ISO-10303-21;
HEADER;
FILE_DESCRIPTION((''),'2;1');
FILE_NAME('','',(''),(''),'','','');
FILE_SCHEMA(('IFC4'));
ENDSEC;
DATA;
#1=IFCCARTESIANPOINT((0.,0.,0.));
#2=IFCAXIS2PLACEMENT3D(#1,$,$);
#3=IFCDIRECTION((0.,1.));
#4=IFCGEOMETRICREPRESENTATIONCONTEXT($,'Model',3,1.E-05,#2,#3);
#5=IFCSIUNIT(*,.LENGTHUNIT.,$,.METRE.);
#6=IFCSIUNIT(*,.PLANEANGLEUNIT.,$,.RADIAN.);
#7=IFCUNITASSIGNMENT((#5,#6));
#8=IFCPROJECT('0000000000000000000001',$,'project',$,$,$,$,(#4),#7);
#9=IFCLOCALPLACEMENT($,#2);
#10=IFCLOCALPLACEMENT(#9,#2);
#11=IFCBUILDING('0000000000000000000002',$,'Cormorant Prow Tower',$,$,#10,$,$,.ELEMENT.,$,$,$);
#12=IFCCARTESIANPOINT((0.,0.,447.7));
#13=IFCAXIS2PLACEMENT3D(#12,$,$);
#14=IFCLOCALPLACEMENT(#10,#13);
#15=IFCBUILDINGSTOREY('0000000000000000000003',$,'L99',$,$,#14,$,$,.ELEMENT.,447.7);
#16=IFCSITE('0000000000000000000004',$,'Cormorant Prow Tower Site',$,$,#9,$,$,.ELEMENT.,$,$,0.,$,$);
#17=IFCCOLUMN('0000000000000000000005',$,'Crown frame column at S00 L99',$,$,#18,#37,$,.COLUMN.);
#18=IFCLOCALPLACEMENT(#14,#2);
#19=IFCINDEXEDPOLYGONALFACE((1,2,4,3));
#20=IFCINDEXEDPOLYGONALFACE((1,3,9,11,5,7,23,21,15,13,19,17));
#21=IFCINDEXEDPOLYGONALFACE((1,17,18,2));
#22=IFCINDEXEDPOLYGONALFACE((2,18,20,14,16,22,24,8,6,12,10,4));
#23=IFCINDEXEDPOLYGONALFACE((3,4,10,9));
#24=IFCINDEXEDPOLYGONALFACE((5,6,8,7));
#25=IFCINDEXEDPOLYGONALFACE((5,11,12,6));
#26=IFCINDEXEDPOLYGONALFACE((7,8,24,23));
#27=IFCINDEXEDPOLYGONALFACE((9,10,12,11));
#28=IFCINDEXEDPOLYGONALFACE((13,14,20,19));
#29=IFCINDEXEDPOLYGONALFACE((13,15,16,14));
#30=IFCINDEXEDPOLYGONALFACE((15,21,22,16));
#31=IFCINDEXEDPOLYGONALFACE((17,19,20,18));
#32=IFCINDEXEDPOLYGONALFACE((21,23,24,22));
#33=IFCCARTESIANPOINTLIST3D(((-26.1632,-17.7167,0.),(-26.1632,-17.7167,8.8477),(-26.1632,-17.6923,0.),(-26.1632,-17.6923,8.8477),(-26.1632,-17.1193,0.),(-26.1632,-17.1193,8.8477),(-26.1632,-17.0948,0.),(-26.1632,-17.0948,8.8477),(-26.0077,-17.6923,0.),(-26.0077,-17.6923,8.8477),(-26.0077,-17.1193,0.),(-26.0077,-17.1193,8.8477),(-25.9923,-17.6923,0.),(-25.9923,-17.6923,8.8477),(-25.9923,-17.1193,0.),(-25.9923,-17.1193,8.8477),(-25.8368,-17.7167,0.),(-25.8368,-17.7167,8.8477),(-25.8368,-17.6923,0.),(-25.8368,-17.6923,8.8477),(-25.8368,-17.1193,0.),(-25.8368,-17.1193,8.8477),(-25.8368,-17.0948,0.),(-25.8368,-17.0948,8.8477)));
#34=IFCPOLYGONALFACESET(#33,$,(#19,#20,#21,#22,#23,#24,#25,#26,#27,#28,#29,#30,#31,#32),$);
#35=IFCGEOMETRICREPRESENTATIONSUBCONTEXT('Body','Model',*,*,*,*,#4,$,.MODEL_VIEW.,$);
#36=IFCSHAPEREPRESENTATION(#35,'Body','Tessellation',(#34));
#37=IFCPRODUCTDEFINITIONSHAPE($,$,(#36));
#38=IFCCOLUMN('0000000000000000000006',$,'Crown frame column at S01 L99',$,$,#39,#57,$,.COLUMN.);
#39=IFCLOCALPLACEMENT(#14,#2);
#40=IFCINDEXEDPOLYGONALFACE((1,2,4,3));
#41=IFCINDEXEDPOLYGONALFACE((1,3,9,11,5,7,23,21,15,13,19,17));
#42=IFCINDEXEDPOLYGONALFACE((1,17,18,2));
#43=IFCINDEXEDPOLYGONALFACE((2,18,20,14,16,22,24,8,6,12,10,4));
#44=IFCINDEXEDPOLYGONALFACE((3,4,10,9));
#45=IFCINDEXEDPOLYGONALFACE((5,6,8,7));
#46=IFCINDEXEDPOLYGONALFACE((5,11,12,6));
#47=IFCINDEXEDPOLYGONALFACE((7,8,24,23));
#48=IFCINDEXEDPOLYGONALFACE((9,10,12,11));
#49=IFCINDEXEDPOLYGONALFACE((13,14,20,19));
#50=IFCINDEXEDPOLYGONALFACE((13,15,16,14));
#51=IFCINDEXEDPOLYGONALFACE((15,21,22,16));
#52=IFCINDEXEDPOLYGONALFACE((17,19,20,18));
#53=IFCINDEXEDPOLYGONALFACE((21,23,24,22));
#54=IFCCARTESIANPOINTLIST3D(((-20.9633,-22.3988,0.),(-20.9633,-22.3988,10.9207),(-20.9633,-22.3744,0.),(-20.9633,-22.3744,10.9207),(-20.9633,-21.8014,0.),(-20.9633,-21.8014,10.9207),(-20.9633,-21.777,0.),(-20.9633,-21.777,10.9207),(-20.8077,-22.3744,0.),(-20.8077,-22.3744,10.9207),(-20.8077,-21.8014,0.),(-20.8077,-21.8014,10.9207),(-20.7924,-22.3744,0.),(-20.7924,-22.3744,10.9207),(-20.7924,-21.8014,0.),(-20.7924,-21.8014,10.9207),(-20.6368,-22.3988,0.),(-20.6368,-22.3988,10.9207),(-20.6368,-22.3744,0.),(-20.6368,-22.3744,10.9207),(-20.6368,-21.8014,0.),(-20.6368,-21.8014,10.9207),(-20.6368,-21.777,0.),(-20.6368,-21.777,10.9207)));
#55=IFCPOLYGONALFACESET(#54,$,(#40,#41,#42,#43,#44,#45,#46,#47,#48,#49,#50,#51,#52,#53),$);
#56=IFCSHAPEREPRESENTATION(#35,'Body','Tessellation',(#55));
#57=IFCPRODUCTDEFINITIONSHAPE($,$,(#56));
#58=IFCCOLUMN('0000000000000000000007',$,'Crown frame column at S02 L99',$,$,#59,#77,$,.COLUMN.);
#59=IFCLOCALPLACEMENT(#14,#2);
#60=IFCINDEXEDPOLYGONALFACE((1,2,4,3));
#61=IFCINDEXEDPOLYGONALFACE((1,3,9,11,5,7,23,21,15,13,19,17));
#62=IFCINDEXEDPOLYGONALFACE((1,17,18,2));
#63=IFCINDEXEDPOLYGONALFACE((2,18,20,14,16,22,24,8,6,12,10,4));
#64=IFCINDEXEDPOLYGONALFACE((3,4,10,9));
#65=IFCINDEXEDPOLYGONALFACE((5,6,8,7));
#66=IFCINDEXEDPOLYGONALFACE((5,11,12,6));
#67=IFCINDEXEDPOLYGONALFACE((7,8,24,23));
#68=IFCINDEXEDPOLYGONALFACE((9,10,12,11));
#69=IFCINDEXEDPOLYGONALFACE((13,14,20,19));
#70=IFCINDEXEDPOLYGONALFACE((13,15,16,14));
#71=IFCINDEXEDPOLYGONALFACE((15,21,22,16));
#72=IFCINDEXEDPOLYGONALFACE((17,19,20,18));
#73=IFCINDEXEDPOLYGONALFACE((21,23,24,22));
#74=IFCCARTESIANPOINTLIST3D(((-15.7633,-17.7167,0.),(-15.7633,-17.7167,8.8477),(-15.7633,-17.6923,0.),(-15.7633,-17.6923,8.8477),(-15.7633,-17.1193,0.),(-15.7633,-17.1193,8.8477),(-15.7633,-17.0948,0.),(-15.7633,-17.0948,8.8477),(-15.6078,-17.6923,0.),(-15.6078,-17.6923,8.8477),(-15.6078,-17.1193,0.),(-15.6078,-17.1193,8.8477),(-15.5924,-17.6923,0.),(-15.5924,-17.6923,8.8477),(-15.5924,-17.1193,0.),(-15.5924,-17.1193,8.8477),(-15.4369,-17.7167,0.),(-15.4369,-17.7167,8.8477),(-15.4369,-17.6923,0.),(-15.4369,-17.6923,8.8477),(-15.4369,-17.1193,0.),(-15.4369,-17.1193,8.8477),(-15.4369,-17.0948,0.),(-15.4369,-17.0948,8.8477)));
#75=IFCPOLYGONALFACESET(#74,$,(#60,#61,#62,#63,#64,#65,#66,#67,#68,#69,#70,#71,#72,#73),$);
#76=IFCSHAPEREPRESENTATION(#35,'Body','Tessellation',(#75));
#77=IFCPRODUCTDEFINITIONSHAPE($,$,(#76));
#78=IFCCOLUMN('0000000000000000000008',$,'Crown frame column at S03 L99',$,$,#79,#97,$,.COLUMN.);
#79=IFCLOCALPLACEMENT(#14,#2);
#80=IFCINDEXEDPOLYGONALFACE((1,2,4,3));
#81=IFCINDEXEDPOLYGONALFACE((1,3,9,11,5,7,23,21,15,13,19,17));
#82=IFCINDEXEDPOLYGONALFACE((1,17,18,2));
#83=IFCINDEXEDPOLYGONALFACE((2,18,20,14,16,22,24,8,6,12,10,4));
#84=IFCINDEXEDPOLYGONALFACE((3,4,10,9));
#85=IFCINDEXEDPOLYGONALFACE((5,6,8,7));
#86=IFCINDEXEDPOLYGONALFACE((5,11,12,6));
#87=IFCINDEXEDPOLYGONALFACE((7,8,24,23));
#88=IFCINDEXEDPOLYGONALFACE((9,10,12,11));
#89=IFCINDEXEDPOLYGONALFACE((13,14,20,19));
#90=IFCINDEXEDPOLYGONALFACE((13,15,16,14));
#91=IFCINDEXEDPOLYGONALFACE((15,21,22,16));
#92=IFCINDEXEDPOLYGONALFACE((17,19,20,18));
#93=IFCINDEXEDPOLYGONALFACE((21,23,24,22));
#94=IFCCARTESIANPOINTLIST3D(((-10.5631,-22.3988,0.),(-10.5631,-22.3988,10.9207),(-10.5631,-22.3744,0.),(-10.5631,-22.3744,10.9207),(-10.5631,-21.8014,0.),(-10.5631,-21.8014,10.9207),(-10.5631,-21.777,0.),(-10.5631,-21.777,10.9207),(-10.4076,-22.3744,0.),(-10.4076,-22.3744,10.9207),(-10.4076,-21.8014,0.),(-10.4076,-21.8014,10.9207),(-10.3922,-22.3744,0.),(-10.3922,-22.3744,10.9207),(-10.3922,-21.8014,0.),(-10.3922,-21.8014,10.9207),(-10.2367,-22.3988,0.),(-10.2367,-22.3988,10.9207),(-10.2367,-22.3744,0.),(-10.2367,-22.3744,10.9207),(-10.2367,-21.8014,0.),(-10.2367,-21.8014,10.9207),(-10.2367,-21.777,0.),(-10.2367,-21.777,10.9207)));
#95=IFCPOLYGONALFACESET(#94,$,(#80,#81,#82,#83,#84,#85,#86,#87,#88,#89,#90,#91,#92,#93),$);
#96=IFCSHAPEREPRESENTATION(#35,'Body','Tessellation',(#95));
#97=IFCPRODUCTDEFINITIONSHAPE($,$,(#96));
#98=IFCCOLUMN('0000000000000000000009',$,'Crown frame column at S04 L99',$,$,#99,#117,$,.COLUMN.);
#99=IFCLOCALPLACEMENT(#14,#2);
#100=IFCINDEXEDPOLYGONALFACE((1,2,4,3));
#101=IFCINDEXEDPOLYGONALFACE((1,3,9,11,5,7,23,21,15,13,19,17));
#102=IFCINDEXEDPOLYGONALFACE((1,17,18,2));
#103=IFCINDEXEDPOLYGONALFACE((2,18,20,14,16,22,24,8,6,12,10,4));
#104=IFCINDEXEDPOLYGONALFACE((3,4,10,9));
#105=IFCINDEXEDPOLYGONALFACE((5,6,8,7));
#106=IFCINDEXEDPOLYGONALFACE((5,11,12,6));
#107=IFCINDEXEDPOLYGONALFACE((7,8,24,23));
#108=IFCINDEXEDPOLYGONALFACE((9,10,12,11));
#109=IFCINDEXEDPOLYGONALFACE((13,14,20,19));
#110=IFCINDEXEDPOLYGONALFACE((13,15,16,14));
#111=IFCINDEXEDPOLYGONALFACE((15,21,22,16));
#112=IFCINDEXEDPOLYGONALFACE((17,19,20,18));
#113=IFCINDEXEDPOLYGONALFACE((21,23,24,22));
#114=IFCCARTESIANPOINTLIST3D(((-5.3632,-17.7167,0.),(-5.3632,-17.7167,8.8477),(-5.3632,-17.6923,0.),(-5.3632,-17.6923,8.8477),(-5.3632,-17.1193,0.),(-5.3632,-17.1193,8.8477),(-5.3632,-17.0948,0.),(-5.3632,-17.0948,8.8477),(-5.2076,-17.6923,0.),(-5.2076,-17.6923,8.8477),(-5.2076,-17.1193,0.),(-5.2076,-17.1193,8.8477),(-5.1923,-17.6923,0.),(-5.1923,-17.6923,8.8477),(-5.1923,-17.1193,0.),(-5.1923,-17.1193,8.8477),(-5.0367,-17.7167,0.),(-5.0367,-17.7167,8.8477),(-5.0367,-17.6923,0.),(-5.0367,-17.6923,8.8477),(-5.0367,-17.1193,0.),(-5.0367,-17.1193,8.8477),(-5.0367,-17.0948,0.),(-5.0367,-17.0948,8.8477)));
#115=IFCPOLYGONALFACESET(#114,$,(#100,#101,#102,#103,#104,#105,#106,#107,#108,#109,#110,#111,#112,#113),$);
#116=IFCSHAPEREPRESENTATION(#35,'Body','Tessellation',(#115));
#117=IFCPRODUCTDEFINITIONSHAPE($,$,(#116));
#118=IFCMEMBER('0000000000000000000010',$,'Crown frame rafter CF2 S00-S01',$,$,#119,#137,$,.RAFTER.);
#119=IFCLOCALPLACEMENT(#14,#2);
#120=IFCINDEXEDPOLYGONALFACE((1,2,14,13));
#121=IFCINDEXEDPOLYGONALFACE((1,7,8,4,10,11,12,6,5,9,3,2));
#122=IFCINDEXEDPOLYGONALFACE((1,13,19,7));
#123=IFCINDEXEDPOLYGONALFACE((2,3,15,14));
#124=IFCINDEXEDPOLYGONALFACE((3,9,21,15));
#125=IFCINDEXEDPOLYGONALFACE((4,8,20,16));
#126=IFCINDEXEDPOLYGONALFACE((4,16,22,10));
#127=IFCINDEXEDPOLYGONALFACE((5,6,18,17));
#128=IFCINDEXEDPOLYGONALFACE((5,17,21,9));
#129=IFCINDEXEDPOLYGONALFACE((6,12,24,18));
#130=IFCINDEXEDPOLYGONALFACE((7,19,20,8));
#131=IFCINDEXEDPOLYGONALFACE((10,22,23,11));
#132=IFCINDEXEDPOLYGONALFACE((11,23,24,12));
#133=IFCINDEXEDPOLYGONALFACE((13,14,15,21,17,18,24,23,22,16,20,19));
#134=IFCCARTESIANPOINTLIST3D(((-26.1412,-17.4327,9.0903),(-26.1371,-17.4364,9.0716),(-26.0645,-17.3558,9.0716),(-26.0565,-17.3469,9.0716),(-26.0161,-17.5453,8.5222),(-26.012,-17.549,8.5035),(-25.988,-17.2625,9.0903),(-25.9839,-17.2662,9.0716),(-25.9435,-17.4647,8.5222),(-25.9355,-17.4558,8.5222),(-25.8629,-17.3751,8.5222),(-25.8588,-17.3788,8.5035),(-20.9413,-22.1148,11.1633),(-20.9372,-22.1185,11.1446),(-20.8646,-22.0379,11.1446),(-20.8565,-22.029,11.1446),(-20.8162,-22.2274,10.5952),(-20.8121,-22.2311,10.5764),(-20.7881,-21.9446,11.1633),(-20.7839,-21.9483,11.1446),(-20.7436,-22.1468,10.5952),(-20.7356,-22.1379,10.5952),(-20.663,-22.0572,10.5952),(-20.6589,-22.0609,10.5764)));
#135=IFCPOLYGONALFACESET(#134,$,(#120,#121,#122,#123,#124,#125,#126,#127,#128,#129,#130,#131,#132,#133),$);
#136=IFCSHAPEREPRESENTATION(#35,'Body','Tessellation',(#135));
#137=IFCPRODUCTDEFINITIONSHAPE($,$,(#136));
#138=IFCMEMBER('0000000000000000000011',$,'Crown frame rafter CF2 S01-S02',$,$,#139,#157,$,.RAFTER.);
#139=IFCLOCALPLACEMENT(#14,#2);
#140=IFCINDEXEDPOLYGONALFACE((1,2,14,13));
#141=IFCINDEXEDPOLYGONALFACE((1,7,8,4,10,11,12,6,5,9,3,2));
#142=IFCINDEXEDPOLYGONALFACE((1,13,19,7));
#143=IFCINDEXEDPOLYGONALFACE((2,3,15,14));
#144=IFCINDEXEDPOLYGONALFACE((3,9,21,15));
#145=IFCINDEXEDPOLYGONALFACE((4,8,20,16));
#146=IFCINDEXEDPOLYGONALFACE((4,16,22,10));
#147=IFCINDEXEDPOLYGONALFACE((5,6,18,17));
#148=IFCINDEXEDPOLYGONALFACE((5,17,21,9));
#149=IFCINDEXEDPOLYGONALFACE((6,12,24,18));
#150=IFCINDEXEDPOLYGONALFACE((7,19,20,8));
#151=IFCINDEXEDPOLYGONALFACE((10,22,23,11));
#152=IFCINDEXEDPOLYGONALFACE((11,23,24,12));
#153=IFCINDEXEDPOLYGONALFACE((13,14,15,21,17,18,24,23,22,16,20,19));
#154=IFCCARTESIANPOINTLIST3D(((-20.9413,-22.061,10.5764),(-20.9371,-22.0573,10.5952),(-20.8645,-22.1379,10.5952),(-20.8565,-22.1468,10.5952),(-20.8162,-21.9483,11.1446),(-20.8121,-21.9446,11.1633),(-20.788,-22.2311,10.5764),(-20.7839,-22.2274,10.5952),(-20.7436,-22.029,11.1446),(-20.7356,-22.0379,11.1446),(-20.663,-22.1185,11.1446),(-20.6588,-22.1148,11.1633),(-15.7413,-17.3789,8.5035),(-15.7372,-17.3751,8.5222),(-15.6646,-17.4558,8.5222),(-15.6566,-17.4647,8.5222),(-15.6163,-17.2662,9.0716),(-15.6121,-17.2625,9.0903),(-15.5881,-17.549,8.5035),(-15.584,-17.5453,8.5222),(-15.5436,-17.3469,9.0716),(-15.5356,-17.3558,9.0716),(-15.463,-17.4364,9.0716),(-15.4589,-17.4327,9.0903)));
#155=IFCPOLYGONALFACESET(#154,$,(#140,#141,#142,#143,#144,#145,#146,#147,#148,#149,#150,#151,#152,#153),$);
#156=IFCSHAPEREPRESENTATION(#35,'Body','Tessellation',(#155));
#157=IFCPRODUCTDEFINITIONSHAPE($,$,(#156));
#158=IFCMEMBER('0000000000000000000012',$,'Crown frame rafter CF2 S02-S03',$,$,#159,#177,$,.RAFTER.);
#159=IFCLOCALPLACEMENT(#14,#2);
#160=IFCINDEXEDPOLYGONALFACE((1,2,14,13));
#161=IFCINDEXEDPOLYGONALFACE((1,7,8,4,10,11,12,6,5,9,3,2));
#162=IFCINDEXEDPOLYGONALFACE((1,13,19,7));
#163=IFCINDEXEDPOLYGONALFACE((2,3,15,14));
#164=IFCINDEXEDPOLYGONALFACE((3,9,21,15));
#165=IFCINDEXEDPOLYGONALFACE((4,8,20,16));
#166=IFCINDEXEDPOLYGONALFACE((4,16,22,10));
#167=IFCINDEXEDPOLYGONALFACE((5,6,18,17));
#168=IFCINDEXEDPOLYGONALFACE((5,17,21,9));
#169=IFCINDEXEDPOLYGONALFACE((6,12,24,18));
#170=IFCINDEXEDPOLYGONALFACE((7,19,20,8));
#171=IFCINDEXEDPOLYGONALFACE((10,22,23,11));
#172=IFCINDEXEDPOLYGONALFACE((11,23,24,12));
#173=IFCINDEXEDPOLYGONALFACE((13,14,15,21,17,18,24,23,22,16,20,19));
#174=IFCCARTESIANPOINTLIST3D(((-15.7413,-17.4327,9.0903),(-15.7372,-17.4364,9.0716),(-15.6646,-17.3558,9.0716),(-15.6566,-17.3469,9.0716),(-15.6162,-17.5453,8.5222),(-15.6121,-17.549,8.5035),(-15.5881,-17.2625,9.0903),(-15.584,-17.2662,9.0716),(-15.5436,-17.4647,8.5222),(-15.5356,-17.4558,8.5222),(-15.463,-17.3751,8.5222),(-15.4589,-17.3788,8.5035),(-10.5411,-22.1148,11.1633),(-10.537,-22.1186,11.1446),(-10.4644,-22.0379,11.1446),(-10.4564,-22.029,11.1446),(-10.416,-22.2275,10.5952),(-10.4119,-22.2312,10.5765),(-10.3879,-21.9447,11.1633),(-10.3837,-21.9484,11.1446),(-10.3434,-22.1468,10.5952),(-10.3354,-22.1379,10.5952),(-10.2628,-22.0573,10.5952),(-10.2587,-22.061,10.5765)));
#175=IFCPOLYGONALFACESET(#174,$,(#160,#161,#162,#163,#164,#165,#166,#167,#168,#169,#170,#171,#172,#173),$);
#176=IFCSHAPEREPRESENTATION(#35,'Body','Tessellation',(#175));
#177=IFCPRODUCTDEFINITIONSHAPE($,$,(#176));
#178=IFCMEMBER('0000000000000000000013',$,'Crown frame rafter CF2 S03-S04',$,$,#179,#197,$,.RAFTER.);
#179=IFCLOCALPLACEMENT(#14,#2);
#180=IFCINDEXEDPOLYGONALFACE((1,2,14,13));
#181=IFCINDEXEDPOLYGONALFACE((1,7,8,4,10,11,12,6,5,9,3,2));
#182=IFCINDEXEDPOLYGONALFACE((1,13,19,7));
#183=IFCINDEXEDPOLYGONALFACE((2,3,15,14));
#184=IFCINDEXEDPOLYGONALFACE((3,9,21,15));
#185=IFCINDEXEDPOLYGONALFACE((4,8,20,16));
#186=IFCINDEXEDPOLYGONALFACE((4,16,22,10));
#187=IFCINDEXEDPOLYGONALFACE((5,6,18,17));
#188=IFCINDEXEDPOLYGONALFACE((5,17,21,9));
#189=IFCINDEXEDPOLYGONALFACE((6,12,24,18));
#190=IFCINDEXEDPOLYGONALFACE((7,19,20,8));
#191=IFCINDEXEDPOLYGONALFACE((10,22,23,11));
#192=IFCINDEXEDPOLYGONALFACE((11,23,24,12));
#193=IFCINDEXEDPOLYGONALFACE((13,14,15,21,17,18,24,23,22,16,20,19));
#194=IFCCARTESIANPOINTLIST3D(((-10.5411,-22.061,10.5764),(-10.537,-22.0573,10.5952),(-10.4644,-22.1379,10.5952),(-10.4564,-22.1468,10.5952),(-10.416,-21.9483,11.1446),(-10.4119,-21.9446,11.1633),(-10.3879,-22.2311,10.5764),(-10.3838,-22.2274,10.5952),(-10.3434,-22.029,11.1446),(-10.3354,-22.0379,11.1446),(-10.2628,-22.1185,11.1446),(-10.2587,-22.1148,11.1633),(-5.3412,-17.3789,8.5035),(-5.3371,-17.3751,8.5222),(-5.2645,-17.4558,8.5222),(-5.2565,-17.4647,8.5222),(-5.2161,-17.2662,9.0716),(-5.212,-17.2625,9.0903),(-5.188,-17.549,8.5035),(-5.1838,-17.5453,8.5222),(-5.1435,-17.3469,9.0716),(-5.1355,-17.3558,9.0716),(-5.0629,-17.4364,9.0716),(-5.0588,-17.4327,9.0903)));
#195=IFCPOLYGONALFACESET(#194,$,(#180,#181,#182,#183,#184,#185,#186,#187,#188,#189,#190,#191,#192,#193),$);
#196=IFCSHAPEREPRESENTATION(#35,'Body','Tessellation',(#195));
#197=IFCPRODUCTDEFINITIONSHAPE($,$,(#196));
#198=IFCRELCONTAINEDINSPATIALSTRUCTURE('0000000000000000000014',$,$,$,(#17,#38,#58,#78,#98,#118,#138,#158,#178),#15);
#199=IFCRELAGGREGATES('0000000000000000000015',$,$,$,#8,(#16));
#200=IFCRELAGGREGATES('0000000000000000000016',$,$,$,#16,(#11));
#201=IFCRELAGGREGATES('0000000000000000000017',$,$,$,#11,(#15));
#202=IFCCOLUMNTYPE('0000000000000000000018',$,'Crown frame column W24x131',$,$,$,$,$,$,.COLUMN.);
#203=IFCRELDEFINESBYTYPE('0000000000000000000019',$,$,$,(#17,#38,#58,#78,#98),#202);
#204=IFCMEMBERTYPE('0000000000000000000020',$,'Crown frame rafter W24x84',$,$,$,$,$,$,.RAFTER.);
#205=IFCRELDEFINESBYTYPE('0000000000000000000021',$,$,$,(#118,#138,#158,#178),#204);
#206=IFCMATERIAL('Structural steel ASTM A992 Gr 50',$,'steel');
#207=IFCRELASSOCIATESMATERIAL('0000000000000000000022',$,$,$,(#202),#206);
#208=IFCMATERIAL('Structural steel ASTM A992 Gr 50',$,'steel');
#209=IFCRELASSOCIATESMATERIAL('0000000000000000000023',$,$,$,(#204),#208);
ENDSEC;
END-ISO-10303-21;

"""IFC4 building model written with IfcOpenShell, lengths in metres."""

from ifc_helpers import new_model, si_unit, direction, frame, origin, origin_2d, place, context, subcontext, project, spatial, i_section, extrude, material, material_profile, profile_set, type_object, element, save


model = new_model("IFC4")

# Units and contexts
model_context = context("Model", 3, precision=1e-05, world=origin(), true_north=direction((0.0, 1.0)))
body_context = subcontext(model_context, "Body", "Model", "MODEL_VIEW")
ifc_project = project(units=[si_unit("LENGTHUNIT", "METRE"), si_unit("PLANEANGLEUNIT", "RADIAN")], contexts=[model_context])

# Site, building, storey
site_placement = place(None, origin())
site = spatial("IfcSite", under=ifc_project, at=site_placement, Name="Cormorant Prow Tower Site", CompositionType="ELEMENT", RefElevation=0.0)
building_placement = place(site_placement, origin())
building = spatial("IfcBuilding", under=site, at=building_placement, Name="Cormorant Prow Tower", CompositionType="ELEMENT")
storey_placement = place(building_placement, frame((0.0, 0.0, 447.7)))
storey = spatial("IfcBuildingStorey", under=building, at=storey_placement, Name="L99", CompositionType="ELEMENT", Elevation=447.7)

# Columns
ifc_material_1 = material(Name="Structural steel ASTM A992 Gr 50", Category="steel")
ifc_material_profile_1 = material_profile(ifc_material_1, i_section(OverallWidth=0.3264, OverallDepth=0.6218, WebThickness=0.0154, FlangeThickness=0.0244, at=origin_2d()), Name="W24x131")
ifc_profile_set_1 = profile_set([ifc_material_profile_1], Name="Structural steel ASTM A992 Gr 50")
column_type = type_object("IfcColumnType", Name="Crown frame column W24x131", PredefinedType="COLUMN", material=ifc_profile_set_1)
column_1_placement = place(storey_placement, frame((-26.0, -17.4058, 0.0), z_axis=(0.0, 0.0, 1.0), x_axis=(1.0, 0.0, 0.0)))
element("IfcColumn", 1, at=column_1_placement, inside=storey, type_object=column_type, Name="Crown frame column at S00 L99", PredefinedType="COLUMN", context=body_context, shape_type="SweptSolid", body=[
    extrude(i_section(OverallWidth=0.3264, OverallDepth=0.6218, WebThickness=0.0154, FlangeThickness=0.0244, at=origin_2d()), origin(), (0.0, 0.0, 1.0), 8.8477),
])
column_2_placement = place(storey_placement, frame((-20.8, -22.0879, 0.0), z_axis=(0.0, 0.0, 1.0), x_axis=(1.0, 0.0, 0.0)))
element("IfcColumn", 2, at=column_2_placement, inside=storey, type_object=column_type, Name="Crown frame column at S01 L99", PredefinedType="COLUMN", context=body_context, shape_type="SweptSolid", body=[
    extrude(i_section(OverallWidth=0.3264, OverallDepth=0.6218, WebThickness=0.0154, FlangeThickness=0.0244, at=origin_2d()), origin(), (0.0, 0.0, 1.0), 10.9207),
])
column_3_placement = place(storey_placement, frame((-15.6001, -17.4058, 0.0), z_axis=(0.0, 0.0, 1.0), x_axis=(1.0, 0.0, 0.0)))
element("IfcColumn", 3, at=column_3_placement, inside=storey, type_object=column_type, Name="Crown frame column at S02 L99", PredefinedType="COLUMN", context=body_context, shape_type="SweptSolid", body=[
    extrude(i_section(OverallWidth=0.3264, OverallDepth=0.6218, WebThickness=0.0154, FlangeThickness=0.0244, at=origin_2d()), origin(), (0.0, 0.0, 1.0), 8.8477),
])
column_4_placement = place(storey_placement, frame((-10.3999, -22.0879, 0.0), z_axis=(0.0, 0.0, 1.0), x_axis=(1.0, 0.0, 0.0)))
element("IfcColumn", 4, at=column_4_placement, inside=storey, type_object=column_type, Name="Crown frame column at S03 L99", PredefinedType="COLUMN", context=body_context, shape_type="SweptSolid", body=[
    extrude(i_section(OverallWidth=0.3264, OverallDepth=0.6218, WebThickness=0.0154, FlangeThickness=0.0244, at=origin_2d()), origin(), (0.0, 0.0, 1.0), 10.9207),
])
column_5_placement = place(storey_placement, frame((-5.2, -17.4058, 0.0), z_axis=(0.0, 0.0, 1.0), x_axis=(1.0, 0.0, 0.0)))
element("IfcColumn", 5, at=column_5_placement, inside=storey, type_object=column_type, Name="Crown frame column at S04 L99", PredefinedType="COLUMN", context=body_context, shape_type="SweptSolid", body=[
    extrude(i_section(OverallWidth=0.3264, OverallDepth=0.6218, WebThickness=0.0154, FlangeThickness=0.0244, at=origin_2d()), origin(), (0.0, 0.0, 1.0), 8.8477),
])

# Members
ifc_material_2 = material(Name="Structural steel ASTM A992 Gr 50", Category="steel")
ifc_material_profile_2 = material_profile(ifc_material_2, i_section(OverallWidth=0.229, OverallDepth=0.6121, WebThickness=0.012, FlangeThickness=0.0195, at=origin_2d()), Name="W24x84")
ifc_profile_set_2 = profile_set([ifc_material_profile_2], Name="Structural steel ASTM A992 Gr 50")
member_type = type_object("IfcMemberType", Name="Crown frame rafter W24x84", PredefinedType="RAFTER", material=ifc_profile_set_2)
for number, where, z_axis, x_axis, name in (
    (6, (-26.0, -17.4058, 8.7969), (0.712528, -0.641573, 0.284055), (0.669136, 0.74314, 0.0), "Crown frame rafter CF2 S00-S01"),
    (7, (-20.8, -22.0879, 10.8699), (0.712528, 0.641573, -0.284055), (-0.669136, 0.74314, 0.0), "Crown frame rafter CF2 S01-S02"),
):
    element("IfcMember", number, at=place(storey_placement, frame(where, z_axis=z_axis, x_axis=x_axis)), inside=storey, type_object=member_type, Name=name, PredefinedType="RAFTER", context=body_context, shape_type="SweptSolid", body=[
        extrude(i_section(OverallWidth=0.229, OverallDepth=0.6121, WebThickness=0.012, FlangeThickness=0.0195, at=origin_2d()), origin(), (0.0, 0.0, 1.0), 7.2979),
    ])
member_placement = place(storey_placement, frame((-15.6001, -17.4058, 8.7969), z_axis=(0.712545, -0.641558, 0.284048), x_axis=(0.669119, 0.743155, 0.0)))
element("IfcMember", 8, at=member_placement, inside=storey, type_object=member_type, Name="Crown frame rafter CF2 S02-S03", PredefinedType="RAFTER", context=body_context, shape_type="SweptSolid", body=[
    extrude(i_section(OverallWidth=0.229, OverallDepth=0.6121, WebThickness=0.012, FlangeThickness=0.0195, at=origin_2d()), origin(), (0.0, 0.0, 1.0), 7.2981),
])
for number, where, z_axis, x_axis, name in (
    (9, (-10.3999, -22.0879, 10.8699), (0.712528, 0.641573, -0.284055), (-0.669136, 0.74314, 0.0), "Crown frame rafter CF2 S03-S04"),
):
    element("IfcMember", number, at=place(storey_placement, frame(where, z_axis=z_axis, x_axis=x_axis)), inside=storey, type_object=member_type, Name=name, PredefinedType="RAFTER", context=body_context, shape_type="SweptSolid", body=[
        extrude(i_section(OverallWidth=0.229, OverallDepth=0.6121, WebThickness=0.012, FlangeThickness=0.0195, at=origin_2d()), origin(), (0.0, 0.0, 1.0), 7.2979),
    ])

save(model, "model.ifc")
